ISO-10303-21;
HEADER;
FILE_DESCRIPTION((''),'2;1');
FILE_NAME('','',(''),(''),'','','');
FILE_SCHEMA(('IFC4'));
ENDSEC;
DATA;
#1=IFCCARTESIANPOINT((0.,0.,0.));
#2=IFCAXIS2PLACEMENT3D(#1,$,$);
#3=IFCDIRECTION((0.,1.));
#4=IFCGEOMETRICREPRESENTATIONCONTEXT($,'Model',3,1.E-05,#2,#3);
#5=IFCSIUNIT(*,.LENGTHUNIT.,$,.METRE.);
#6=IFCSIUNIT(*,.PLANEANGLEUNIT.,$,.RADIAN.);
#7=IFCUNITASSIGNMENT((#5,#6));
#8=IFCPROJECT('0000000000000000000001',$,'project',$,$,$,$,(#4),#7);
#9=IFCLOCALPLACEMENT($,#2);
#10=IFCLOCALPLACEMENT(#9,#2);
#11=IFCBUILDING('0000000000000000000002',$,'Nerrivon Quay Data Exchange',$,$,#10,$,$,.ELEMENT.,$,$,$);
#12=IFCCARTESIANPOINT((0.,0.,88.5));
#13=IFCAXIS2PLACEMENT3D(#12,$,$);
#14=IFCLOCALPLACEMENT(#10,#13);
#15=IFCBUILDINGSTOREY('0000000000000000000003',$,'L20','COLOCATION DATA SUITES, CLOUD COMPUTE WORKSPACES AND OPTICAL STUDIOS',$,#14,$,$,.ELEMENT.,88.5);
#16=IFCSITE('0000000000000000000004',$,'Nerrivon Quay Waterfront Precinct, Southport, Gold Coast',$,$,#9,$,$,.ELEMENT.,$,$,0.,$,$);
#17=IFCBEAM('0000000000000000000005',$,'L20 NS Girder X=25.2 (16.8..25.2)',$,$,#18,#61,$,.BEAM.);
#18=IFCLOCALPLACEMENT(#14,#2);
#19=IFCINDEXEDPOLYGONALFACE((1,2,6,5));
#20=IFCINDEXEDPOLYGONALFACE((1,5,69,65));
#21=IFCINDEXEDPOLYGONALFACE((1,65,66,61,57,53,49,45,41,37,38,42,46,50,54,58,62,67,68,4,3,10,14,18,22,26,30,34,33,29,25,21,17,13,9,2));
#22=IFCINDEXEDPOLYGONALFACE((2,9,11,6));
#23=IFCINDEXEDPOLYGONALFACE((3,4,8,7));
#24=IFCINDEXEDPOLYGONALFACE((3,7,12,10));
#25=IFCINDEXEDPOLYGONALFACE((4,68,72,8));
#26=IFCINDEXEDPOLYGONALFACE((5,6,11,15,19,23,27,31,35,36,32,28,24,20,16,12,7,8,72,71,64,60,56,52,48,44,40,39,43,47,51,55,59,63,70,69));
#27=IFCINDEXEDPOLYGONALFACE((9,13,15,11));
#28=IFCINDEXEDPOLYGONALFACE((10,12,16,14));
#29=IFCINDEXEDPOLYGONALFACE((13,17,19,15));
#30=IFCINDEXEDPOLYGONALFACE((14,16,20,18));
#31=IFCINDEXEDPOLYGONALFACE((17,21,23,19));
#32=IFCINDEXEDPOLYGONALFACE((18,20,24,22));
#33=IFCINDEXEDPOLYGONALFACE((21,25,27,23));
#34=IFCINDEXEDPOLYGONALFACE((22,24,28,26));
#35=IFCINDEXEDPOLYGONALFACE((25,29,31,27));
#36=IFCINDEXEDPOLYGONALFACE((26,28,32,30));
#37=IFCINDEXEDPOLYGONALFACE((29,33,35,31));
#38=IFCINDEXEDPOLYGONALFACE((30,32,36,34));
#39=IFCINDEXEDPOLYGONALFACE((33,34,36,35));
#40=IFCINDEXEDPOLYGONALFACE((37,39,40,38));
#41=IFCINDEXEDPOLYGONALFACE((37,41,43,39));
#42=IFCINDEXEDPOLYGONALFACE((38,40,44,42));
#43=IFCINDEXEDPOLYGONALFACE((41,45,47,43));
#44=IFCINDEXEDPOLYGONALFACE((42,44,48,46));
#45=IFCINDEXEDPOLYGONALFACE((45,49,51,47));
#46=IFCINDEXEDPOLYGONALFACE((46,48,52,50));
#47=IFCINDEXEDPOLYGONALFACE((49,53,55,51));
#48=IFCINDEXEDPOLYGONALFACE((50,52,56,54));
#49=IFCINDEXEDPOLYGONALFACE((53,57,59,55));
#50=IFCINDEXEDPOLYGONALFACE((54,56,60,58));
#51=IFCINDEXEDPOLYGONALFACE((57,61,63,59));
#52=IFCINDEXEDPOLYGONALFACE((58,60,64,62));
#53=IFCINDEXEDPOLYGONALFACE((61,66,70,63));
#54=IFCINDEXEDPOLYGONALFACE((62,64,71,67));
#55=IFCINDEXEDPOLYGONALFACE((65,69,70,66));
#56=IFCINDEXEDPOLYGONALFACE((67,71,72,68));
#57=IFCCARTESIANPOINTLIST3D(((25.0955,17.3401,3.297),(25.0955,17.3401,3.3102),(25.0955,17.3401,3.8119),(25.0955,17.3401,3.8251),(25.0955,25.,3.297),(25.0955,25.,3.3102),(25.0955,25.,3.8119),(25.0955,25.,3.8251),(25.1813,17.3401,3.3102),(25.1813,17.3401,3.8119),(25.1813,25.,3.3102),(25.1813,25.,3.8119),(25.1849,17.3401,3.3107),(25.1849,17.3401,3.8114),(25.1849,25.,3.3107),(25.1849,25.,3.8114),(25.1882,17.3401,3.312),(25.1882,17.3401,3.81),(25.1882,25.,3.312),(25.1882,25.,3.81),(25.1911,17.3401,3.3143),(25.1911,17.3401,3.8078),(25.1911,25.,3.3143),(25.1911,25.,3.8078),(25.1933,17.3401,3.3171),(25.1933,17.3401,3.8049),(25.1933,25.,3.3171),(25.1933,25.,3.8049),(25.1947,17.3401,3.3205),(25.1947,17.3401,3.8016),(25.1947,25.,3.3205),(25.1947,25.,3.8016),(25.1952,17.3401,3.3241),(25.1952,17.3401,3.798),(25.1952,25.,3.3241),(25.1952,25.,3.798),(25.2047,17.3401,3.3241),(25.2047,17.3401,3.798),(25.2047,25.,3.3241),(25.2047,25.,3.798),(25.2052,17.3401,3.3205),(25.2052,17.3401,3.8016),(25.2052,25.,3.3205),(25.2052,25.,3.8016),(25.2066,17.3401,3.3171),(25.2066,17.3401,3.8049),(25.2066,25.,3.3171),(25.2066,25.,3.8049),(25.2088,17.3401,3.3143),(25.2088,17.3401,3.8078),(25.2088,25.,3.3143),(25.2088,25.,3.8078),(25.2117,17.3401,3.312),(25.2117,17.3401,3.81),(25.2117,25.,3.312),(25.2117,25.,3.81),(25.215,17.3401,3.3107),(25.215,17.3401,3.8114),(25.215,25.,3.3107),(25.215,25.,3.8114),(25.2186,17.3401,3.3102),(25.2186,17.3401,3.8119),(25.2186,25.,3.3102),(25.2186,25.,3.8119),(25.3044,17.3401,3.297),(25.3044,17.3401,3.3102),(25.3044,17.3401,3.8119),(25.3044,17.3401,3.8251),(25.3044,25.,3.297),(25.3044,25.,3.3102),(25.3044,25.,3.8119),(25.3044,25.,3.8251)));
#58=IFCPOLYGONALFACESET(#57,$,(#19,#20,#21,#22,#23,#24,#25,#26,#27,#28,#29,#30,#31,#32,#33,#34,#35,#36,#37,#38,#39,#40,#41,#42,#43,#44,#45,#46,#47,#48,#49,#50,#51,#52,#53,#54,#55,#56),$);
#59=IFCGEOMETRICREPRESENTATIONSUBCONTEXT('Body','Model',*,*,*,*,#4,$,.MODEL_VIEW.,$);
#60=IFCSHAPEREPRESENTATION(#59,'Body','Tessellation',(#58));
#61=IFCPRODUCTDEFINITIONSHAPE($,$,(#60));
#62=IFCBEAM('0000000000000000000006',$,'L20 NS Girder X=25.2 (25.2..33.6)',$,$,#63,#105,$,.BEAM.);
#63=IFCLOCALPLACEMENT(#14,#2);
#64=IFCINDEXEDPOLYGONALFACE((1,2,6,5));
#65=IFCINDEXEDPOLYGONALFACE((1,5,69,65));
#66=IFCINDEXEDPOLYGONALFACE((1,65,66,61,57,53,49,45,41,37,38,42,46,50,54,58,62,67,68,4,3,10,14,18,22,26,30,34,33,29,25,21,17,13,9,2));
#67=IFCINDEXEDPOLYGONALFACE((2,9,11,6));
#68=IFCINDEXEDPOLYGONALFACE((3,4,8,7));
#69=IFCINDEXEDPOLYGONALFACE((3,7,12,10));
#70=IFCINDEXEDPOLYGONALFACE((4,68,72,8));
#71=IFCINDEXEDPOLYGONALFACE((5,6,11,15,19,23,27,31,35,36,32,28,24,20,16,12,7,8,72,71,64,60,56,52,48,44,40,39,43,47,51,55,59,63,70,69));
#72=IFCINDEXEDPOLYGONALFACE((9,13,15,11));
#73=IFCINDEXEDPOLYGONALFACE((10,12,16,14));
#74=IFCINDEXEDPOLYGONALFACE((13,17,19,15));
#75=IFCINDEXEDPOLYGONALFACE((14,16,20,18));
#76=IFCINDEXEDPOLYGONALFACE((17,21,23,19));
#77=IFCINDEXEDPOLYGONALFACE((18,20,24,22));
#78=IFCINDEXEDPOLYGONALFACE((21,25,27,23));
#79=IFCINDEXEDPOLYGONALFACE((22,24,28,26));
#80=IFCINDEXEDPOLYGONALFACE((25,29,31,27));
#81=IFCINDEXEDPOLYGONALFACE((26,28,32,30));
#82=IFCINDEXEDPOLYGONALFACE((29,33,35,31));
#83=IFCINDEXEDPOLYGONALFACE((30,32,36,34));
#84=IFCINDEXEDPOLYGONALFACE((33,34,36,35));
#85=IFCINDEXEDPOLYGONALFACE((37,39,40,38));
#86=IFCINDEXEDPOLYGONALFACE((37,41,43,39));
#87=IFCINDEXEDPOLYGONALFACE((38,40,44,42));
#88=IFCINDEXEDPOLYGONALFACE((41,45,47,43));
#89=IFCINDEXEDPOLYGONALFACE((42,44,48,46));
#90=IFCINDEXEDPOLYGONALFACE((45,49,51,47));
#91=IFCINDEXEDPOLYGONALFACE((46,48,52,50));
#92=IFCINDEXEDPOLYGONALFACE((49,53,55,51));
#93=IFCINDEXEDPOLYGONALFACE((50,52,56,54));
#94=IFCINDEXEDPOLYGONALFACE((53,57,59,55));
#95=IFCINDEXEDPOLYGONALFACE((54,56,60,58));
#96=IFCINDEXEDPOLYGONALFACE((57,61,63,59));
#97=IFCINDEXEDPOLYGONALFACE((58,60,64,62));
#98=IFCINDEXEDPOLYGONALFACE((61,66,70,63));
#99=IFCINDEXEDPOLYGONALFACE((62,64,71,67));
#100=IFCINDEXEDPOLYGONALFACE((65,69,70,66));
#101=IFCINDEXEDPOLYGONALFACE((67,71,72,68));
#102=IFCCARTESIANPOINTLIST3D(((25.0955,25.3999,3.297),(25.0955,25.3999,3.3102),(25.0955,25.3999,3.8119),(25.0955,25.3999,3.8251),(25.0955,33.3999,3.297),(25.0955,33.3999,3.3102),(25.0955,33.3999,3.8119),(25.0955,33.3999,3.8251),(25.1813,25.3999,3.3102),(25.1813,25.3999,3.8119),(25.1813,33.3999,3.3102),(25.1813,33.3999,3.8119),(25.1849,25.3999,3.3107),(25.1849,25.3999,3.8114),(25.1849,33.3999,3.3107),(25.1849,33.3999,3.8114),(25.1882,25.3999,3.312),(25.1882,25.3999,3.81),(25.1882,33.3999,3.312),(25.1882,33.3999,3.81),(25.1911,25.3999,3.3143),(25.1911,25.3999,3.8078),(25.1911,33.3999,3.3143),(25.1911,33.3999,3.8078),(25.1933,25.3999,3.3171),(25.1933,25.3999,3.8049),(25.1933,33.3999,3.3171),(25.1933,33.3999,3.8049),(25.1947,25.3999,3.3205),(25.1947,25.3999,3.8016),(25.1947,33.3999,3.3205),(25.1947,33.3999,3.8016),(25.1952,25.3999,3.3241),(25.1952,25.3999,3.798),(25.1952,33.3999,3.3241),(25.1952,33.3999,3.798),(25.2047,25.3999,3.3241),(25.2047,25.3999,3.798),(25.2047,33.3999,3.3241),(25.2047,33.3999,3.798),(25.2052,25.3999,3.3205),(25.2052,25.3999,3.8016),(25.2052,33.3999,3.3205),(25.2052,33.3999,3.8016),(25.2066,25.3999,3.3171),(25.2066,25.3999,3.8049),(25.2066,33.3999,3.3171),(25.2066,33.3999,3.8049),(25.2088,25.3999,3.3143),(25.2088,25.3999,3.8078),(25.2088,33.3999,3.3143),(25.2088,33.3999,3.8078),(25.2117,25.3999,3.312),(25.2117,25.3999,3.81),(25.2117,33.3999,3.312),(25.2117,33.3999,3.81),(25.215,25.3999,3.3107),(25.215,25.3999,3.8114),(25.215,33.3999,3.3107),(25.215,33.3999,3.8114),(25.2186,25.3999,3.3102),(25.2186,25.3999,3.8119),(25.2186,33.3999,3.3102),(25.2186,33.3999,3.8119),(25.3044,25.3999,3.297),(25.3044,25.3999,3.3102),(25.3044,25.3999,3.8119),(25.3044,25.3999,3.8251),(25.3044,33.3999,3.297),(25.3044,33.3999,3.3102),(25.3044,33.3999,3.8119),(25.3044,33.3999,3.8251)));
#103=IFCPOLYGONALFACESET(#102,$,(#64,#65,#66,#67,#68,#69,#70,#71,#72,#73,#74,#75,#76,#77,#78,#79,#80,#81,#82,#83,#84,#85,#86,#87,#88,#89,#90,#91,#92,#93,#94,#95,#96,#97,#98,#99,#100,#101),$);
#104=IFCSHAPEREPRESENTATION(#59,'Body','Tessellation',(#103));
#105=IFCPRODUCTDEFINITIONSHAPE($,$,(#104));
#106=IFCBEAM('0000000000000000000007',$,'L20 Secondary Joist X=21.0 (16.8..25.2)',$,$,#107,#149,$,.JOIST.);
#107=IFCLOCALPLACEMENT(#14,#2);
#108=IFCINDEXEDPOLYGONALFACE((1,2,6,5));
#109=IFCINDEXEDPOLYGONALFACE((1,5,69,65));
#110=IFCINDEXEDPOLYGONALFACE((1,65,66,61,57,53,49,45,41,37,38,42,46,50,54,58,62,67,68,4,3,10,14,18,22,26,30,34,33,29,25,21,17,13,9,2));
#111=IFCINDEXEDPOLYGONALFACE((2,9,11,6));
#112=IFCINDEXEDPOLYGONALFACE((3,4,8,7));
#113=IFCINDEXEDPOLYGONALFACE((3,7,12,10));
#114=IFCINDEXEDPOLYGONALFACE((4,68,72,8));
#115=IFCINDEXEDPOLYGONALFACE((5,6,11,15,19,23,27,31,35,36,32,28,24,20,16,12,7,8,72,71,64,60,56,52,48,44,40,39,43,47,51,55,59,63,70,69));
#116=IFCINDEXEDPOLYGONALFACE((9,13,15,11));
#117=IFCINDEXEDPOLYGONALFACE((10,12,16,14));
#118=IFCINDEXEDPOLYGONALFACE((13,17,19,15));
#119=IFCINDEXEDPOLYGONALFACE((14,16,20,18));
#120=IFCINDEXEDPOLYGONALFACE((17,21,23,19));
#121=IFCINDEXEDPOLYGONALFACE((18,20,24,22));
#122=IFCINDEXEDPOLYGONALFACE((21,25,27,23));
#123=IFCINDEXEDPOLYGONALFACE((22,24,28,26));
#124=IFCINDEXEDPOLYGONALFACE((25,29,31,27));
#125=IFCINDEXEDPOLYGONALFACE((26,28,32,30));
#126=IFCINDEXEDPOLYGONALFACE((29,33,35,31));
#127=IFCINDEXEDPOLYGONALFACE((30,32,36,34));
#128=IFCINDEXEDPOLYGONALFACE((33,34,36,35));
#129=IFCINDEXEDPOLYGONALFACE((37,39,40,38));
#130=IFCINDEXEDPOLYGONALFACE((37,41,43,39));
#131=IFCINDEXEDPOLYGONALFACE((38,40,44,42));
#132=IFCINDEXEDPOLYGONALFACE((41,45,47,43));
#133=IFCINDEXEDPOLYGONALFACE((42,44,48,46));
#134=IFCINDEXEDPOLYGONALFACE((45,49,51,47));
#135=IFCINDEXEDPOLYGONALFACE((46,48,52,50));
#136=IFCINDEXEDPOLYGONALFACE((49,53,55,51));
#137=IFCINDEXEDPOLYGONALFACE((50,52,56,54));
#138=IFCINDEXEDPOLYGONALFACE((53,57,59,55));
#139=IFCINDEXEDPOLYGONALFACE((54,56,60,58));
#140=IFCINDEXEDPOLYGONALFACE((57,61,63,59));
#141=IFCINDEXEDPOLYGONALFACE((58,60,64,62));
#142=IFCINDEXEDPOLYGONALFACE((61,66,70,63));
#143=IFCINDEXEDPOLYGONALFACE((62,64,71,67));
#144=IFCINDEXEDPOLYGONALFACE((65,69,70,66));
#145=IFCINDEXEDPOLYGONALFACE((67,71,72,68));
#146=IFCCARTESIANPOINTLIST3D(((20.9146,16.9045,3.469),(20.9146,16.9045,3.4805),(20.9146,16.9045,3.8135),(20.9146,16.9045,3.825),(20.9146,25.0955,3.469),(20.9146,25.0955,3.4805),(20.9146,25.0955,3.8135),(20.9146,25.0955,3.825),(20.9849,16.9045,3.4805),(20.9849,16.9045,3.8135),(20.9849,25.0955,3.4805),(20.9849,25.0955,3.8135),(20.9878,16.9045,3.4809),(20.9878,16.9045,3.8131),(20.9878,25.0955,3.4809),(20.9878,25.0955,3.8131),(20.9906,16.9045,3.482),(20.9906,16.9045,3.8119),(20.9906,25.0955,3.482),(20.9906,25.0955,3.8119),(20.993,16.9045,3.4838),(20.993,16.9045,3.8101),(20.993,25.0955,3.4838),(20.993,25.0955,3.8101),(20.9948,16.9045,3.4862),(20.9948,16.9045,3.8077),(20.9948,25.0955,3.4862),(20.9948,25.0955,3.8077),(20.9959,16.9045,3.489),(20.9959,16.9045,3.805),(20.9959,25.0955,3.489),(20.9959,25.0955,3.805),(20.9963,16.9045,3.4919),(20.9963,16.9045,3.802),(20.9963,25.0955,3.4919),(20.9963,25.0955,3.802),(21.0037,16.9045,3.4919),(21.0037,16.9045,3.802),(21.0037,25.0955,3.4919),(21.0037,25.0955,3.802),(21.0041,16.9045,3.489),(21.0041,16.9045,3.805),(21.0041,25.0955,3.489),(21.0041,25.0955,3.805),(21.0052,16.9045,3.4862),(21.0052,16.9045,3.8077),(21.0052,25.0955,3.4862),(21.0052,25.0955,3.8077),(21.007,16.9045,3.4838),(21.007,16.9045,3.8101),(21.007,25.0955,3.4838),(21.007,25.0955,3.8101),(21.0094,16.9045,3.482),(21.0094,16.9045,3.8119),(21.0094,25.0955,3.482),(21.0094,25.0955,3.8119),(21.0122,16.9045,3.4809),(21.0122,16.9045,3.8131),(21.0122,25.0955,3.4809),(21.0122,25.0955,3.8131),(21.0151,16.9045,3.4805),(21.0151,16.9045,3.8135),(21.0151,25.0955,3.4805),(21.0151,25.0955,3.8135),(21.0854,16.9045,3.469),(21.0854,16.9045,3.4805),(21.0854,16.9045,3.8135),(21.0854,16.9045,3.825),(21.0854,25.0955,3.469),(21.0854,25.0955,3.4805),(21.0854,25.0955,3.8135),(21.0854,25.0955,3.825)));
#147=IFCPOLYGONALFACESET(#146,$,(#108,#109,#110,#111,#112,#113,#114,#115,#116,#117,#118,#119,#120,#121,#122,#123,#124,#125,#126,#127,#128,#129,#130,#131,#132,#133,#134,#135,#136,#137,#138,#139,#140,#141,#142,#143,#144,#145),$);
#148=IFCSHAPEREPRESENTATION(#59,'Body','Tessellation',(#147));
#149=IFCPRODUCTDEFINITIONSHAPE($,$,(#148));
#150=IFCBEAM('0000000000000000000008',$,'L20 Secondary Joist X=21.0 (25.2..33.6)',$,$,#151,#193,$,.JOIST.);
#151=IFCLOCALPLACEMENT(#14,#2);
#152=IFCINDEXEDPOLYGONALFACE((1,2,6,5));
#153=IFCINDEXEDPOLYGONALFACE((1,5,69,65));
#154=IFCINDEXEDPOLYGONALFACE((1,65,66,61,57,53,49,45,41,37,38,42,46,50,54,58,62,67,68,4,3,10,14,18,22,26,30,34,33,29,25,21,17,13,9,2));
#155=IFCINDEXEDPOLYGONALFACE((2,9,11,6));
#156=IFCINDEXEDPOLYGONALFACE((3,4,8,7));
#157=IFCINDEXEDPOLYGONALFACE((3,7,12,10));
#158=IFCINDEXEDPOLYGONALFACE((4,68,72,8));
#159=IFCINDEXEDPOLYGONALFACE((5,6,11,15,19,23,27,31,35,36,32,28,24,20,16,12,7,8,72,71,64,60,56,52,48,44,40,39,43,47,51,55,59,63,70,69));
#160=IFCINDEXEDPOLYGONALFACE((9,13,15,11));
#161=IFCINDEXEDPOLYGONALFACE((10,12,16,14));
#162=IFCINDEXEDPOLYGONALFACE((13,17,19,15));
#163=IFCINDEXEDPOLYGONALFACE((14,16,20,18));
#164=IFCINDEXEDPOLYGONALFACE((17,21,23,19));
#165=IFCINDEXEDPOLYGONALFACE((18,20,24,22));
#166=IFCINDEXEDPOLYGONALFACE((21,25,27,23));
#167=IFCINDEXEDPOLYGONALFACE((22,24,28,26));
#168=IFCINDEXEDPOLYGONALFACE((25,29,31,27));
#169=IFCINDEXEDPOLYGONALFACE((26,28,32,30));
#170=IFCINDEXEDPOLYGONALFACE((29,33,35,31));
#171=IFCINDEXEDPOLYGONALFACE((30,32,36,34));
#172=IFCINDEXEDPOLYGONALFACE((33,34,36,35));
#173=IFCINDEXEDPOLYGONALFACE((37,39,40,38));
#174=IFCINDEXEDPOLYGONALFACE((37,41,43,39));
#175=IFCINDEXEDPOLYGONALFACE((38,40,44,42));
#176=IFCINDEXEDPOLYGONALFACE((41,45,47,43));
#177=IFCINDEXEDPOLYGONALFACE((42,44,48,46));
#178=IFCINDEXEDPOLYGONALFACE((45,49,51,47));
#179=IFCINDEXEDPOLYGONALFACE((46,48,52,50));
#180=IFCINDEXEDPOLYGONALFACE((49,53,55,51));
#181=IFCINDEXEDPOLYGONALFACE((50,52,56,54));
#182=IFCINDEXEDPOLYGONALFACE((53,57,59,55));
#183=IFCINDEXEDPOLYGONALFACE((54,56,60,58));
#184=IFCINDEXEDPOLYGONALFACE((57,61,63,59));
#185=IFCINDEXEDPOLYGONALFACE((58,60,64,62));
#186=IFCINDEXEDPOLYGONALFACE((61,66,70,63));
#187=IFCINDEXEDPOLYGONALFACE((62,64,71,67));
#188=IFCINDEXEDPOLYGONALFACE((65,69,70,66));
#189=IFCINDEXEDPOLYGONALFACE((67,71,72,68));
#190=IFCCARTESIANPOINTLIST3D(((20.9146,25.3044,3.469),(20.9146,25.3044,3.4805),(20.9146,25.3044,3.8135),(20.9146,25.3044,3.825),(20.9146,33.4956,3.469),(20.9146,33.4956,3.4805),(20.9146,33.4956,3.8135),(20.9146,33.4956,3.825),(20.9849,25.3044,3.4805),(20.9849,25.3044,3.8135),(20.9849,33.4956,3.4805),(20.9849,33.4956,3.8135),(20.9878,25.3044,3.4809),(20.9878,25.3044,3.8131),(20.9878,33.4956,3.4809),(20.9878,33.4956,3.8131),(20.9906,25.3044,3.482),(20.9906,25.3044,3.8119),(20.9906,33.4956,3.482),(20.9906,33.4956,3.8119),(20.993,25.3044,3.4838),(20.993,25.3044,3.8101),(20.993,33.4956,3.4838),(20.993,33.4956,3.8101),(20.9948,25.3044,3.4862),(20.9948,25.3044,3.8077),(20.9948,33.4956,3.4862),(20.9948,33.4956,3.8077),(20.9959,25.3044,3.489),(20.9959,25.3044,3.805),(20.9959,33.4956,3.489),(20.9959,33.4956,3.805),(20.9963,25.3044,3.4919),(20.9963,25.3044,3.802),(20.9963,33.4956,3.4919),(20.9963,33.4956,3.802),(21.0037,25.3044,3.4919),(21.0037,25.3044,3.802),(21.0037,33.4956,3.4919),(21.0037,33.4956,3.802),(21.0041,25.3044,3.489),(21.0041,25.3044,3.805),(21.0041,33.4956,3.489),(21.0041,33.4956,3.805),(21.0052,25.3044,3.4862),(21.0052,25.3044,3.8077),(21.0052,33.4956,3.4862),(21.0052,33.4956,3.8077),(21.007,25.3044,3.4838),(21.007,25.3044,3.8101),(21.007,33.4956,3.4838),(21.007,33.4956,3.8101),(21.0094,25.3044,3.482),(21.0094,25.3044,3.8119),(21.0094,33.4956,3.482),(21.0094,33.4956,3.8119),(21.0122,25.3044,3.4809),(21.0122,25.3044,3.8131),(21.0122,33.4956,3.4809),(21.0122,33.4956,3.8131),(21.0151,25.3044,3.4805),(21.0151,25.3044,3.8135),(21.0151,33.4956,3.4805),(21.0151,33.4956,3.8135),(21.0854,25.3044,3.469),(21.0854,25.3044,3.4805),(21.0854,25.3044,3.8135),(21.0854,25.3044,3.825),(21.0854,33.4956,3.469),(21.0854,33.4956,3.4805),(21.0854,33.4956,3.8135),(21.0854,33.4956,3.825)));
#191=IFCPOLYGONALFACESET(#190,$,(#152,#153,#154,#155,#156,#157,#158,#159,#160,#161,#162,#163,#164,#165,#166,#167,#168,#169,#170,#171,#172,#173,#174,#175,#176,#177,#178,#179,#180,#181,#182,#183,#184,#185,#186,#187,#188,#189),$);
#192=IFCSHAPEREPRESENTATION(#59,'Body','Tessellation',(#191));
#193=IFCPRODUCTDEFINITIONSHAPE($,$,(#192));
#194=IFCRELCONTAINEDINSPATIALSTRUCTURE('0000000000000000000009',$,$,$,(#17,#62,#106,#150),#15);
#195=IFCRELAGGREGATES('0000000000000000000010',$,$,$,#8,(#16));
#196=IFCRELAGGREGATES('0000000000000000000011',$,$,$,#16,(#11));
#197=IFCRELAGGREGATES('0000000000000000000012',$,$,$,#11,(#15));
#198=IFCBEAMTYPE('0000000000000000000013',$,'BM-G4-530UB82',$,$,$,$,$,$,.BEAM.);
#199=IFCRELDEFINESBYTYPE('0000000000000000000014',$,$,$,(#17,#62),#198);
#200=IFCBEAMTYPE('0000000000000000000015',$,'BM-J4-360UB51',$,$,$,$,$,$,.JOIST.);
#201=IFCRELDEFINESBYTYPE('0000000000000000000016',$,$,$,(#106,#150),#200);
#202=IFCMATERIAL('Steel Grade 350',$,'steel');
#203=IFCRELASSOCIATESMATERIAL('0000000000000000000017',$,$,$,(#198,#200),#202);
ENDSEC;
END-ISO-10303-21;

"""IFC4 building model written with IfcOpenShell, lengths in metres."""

from ifc_helpers import new_model, si_unit, direction, frame, origin, origin_2d, place, context, subcontext, project, spatial, i_section, extrude, material, material_profile, profile_set, type_object, element, save


model = new_model("IFC4")

# Units and contexts
model_context = context("Model", 3, precision=1e-05, world=origin(), true_north=direction((0.0, 1.0)))
body_context = subcontext(model_context, "Body", "Model", "MODEL_VIEW")
ifc_project = project(units=[si_unit("LENGTHUNIT", "METRE"), si_unit("PLANEANGLEUNIT", "RADIAN")], contexts=[model_context])

# Site, building, storey
site_placement = place(None, origin())
site = spatial("IfcSite", under=ifc_project, at=site_placement, Name="Nerrivon Quay Waterfront Precinct, Southport, Gold Coast", CompositionType="ELEMENT", RefElevation=0.0)
building_placement = place(site_placement, origin())
building = spatial("IfcBuilding", under=site, at=building_placement, Name="Nerrivon Quay Data Exchange", CompositionType="ELEMENT")
storey_placement = place(building_placement, frame((0.0, 0.0, 88.5)))
storey = spatial("IfcBuildingStorey", under=building, at=storey_placement, Name="L20", Description="COLOCATION DATA SUITES, CLOUD COMPUTE WORKSPACES AND OPTICAL STUDIOS", CompositionType="ELEMENT", Elevation=88.5)

# Shared definitions
ifc_material_1 = material(Name="Steel Grade 350", Category="steel")

# Beams
ifc_material_profile_1 = material_profile(ifc_material_1, i_section(OverallWidth=0.209, OverallDepth=0.5281, WebThickness=0.0095, FlangeThickness=0.0132, FilletRadius=0.0139, at=origin_2d()), Name="530UB82.0")
ifc_profile_set_1 = profile_set([ifc_material_profile_1], Name="Steel Grade 350")
beam_type_1 = type_object("IfcBeamType", Name="BM-G4-530UB82", PredefinedType="BEAM", material=ifc_profile_set_1)
beam_1_placement = place(storey_placement, frame((25.2, 17.3401, 3.561), z_axis=(0.0, 1.0, 0.0), x_axis=(-1.0, 0.0, 0.0)))
element("IfcBeam", 1, at=beam_1_placement, inside=storey, type_object=beam_type_1, Name="L20 NS Girder X=25.2 (16.8..25.2)", PredefinedType="BEAM", context=body_context, shape_type="SweptSolid", body=[
    extrude(i_section(OverallWidth=0.209, OverallDepth=0.5281, WebThickness=0.0095, FlangeThickness=0.0132, FilletRadius=0.0139, at=origin_2d()), origin(), (0.0, 0.0, 1.0), 7.6599),
])
beam_2_placement = place(storey_placement, frame((25.2, 25.3999, 3.561), z_axis=(0.0, 1.0, 0.0), x_axis=(-1.0, 0.0, 0.0)))
element("IfcBeam", 2, at=beam_2_placement, inside=storey, type_object=beam_type_1, Name="L20 NS Girder X=25.2 (25.2..33.6)", PredefinedType="BEAM", context=body_context, shape_type="SweptSolid", body=[
    extrude(i_section(OverallWidth=0.209, OverallDepth=0.5281, WebThickness=0.0095, FlangeThickness=0.0132, FilletRadius=0.0139, at=origin_2d()), origin(), (0.0, 0.0, 1.0), 8.0),
])
ifc_material_profile_2 = material_profile(ifc_material_1, i_section(OverallWidth=0.1709, OverallDepth=0.356, WebThickness=0.0073, FlangeThickness=0.0115, FilletRadius=0.0115, at=origin_2d()), Name="360UB50.7")
ifc_profile_set_2 = profile_set([ifc_material_profile_2], Name="Steel Grade 350")
beam_type_2 = type_object("IfcBeamType", Name="BM-J4-360UB51", PredefinedType="JOIST", material=ifc_profile_set_2)
beam_3_placement = place(storey_placement, frame((21.0, 16.9045, 3.647), z_axis=(0.0, 1.0, 0.0), x_axis=(-1.0, 0.0, 0.0)))
element("IfcBeam", 3, at=beam_3_placement, inside=storey, type_object=beam_type_2, Name="L20 Secondary Joist X=21.0 (16.8..25.2)", PredefinedType="JOIST", context=body_context, shape_type="SweptSolid", body=[
    extrude(i_section(OverallWidth=0.1709, OverallDepth=0.356, WebThickness=0.0073, FlangeThickness=0.0115, FilletRadius=0.0115, at=origin_2d()), origin(), (0.0, 0.0, 1.0), 8.1909),
])
beam_4_placement = place(storey_placement, frame((21.0, 25.3044, 3.647), z_axis=(0.0, 1.0, 0.0), x_axis=(-1.0, 0.0, 0.0)))
element("IfcBeam", 4, at=beam_4_placement, inside=storey, type_object=beam_type_2, Name="L20 Secondary Joist X=21.0 (25.2..33.6)", PredefinedType="JOIST", context=body_context, shape_type="SweptSolid", body=[
    extrude(i_section(OverallWidth=0.1709, OverallDepth=0.356, WebThickness=0.0073, FlangeThickness=0.0115, FilletRadius=0.0115, at=origin_2d()), origin(), (0.0, 0.0, 1.0), 8.1912),
])

save(model, "model.ifc")
